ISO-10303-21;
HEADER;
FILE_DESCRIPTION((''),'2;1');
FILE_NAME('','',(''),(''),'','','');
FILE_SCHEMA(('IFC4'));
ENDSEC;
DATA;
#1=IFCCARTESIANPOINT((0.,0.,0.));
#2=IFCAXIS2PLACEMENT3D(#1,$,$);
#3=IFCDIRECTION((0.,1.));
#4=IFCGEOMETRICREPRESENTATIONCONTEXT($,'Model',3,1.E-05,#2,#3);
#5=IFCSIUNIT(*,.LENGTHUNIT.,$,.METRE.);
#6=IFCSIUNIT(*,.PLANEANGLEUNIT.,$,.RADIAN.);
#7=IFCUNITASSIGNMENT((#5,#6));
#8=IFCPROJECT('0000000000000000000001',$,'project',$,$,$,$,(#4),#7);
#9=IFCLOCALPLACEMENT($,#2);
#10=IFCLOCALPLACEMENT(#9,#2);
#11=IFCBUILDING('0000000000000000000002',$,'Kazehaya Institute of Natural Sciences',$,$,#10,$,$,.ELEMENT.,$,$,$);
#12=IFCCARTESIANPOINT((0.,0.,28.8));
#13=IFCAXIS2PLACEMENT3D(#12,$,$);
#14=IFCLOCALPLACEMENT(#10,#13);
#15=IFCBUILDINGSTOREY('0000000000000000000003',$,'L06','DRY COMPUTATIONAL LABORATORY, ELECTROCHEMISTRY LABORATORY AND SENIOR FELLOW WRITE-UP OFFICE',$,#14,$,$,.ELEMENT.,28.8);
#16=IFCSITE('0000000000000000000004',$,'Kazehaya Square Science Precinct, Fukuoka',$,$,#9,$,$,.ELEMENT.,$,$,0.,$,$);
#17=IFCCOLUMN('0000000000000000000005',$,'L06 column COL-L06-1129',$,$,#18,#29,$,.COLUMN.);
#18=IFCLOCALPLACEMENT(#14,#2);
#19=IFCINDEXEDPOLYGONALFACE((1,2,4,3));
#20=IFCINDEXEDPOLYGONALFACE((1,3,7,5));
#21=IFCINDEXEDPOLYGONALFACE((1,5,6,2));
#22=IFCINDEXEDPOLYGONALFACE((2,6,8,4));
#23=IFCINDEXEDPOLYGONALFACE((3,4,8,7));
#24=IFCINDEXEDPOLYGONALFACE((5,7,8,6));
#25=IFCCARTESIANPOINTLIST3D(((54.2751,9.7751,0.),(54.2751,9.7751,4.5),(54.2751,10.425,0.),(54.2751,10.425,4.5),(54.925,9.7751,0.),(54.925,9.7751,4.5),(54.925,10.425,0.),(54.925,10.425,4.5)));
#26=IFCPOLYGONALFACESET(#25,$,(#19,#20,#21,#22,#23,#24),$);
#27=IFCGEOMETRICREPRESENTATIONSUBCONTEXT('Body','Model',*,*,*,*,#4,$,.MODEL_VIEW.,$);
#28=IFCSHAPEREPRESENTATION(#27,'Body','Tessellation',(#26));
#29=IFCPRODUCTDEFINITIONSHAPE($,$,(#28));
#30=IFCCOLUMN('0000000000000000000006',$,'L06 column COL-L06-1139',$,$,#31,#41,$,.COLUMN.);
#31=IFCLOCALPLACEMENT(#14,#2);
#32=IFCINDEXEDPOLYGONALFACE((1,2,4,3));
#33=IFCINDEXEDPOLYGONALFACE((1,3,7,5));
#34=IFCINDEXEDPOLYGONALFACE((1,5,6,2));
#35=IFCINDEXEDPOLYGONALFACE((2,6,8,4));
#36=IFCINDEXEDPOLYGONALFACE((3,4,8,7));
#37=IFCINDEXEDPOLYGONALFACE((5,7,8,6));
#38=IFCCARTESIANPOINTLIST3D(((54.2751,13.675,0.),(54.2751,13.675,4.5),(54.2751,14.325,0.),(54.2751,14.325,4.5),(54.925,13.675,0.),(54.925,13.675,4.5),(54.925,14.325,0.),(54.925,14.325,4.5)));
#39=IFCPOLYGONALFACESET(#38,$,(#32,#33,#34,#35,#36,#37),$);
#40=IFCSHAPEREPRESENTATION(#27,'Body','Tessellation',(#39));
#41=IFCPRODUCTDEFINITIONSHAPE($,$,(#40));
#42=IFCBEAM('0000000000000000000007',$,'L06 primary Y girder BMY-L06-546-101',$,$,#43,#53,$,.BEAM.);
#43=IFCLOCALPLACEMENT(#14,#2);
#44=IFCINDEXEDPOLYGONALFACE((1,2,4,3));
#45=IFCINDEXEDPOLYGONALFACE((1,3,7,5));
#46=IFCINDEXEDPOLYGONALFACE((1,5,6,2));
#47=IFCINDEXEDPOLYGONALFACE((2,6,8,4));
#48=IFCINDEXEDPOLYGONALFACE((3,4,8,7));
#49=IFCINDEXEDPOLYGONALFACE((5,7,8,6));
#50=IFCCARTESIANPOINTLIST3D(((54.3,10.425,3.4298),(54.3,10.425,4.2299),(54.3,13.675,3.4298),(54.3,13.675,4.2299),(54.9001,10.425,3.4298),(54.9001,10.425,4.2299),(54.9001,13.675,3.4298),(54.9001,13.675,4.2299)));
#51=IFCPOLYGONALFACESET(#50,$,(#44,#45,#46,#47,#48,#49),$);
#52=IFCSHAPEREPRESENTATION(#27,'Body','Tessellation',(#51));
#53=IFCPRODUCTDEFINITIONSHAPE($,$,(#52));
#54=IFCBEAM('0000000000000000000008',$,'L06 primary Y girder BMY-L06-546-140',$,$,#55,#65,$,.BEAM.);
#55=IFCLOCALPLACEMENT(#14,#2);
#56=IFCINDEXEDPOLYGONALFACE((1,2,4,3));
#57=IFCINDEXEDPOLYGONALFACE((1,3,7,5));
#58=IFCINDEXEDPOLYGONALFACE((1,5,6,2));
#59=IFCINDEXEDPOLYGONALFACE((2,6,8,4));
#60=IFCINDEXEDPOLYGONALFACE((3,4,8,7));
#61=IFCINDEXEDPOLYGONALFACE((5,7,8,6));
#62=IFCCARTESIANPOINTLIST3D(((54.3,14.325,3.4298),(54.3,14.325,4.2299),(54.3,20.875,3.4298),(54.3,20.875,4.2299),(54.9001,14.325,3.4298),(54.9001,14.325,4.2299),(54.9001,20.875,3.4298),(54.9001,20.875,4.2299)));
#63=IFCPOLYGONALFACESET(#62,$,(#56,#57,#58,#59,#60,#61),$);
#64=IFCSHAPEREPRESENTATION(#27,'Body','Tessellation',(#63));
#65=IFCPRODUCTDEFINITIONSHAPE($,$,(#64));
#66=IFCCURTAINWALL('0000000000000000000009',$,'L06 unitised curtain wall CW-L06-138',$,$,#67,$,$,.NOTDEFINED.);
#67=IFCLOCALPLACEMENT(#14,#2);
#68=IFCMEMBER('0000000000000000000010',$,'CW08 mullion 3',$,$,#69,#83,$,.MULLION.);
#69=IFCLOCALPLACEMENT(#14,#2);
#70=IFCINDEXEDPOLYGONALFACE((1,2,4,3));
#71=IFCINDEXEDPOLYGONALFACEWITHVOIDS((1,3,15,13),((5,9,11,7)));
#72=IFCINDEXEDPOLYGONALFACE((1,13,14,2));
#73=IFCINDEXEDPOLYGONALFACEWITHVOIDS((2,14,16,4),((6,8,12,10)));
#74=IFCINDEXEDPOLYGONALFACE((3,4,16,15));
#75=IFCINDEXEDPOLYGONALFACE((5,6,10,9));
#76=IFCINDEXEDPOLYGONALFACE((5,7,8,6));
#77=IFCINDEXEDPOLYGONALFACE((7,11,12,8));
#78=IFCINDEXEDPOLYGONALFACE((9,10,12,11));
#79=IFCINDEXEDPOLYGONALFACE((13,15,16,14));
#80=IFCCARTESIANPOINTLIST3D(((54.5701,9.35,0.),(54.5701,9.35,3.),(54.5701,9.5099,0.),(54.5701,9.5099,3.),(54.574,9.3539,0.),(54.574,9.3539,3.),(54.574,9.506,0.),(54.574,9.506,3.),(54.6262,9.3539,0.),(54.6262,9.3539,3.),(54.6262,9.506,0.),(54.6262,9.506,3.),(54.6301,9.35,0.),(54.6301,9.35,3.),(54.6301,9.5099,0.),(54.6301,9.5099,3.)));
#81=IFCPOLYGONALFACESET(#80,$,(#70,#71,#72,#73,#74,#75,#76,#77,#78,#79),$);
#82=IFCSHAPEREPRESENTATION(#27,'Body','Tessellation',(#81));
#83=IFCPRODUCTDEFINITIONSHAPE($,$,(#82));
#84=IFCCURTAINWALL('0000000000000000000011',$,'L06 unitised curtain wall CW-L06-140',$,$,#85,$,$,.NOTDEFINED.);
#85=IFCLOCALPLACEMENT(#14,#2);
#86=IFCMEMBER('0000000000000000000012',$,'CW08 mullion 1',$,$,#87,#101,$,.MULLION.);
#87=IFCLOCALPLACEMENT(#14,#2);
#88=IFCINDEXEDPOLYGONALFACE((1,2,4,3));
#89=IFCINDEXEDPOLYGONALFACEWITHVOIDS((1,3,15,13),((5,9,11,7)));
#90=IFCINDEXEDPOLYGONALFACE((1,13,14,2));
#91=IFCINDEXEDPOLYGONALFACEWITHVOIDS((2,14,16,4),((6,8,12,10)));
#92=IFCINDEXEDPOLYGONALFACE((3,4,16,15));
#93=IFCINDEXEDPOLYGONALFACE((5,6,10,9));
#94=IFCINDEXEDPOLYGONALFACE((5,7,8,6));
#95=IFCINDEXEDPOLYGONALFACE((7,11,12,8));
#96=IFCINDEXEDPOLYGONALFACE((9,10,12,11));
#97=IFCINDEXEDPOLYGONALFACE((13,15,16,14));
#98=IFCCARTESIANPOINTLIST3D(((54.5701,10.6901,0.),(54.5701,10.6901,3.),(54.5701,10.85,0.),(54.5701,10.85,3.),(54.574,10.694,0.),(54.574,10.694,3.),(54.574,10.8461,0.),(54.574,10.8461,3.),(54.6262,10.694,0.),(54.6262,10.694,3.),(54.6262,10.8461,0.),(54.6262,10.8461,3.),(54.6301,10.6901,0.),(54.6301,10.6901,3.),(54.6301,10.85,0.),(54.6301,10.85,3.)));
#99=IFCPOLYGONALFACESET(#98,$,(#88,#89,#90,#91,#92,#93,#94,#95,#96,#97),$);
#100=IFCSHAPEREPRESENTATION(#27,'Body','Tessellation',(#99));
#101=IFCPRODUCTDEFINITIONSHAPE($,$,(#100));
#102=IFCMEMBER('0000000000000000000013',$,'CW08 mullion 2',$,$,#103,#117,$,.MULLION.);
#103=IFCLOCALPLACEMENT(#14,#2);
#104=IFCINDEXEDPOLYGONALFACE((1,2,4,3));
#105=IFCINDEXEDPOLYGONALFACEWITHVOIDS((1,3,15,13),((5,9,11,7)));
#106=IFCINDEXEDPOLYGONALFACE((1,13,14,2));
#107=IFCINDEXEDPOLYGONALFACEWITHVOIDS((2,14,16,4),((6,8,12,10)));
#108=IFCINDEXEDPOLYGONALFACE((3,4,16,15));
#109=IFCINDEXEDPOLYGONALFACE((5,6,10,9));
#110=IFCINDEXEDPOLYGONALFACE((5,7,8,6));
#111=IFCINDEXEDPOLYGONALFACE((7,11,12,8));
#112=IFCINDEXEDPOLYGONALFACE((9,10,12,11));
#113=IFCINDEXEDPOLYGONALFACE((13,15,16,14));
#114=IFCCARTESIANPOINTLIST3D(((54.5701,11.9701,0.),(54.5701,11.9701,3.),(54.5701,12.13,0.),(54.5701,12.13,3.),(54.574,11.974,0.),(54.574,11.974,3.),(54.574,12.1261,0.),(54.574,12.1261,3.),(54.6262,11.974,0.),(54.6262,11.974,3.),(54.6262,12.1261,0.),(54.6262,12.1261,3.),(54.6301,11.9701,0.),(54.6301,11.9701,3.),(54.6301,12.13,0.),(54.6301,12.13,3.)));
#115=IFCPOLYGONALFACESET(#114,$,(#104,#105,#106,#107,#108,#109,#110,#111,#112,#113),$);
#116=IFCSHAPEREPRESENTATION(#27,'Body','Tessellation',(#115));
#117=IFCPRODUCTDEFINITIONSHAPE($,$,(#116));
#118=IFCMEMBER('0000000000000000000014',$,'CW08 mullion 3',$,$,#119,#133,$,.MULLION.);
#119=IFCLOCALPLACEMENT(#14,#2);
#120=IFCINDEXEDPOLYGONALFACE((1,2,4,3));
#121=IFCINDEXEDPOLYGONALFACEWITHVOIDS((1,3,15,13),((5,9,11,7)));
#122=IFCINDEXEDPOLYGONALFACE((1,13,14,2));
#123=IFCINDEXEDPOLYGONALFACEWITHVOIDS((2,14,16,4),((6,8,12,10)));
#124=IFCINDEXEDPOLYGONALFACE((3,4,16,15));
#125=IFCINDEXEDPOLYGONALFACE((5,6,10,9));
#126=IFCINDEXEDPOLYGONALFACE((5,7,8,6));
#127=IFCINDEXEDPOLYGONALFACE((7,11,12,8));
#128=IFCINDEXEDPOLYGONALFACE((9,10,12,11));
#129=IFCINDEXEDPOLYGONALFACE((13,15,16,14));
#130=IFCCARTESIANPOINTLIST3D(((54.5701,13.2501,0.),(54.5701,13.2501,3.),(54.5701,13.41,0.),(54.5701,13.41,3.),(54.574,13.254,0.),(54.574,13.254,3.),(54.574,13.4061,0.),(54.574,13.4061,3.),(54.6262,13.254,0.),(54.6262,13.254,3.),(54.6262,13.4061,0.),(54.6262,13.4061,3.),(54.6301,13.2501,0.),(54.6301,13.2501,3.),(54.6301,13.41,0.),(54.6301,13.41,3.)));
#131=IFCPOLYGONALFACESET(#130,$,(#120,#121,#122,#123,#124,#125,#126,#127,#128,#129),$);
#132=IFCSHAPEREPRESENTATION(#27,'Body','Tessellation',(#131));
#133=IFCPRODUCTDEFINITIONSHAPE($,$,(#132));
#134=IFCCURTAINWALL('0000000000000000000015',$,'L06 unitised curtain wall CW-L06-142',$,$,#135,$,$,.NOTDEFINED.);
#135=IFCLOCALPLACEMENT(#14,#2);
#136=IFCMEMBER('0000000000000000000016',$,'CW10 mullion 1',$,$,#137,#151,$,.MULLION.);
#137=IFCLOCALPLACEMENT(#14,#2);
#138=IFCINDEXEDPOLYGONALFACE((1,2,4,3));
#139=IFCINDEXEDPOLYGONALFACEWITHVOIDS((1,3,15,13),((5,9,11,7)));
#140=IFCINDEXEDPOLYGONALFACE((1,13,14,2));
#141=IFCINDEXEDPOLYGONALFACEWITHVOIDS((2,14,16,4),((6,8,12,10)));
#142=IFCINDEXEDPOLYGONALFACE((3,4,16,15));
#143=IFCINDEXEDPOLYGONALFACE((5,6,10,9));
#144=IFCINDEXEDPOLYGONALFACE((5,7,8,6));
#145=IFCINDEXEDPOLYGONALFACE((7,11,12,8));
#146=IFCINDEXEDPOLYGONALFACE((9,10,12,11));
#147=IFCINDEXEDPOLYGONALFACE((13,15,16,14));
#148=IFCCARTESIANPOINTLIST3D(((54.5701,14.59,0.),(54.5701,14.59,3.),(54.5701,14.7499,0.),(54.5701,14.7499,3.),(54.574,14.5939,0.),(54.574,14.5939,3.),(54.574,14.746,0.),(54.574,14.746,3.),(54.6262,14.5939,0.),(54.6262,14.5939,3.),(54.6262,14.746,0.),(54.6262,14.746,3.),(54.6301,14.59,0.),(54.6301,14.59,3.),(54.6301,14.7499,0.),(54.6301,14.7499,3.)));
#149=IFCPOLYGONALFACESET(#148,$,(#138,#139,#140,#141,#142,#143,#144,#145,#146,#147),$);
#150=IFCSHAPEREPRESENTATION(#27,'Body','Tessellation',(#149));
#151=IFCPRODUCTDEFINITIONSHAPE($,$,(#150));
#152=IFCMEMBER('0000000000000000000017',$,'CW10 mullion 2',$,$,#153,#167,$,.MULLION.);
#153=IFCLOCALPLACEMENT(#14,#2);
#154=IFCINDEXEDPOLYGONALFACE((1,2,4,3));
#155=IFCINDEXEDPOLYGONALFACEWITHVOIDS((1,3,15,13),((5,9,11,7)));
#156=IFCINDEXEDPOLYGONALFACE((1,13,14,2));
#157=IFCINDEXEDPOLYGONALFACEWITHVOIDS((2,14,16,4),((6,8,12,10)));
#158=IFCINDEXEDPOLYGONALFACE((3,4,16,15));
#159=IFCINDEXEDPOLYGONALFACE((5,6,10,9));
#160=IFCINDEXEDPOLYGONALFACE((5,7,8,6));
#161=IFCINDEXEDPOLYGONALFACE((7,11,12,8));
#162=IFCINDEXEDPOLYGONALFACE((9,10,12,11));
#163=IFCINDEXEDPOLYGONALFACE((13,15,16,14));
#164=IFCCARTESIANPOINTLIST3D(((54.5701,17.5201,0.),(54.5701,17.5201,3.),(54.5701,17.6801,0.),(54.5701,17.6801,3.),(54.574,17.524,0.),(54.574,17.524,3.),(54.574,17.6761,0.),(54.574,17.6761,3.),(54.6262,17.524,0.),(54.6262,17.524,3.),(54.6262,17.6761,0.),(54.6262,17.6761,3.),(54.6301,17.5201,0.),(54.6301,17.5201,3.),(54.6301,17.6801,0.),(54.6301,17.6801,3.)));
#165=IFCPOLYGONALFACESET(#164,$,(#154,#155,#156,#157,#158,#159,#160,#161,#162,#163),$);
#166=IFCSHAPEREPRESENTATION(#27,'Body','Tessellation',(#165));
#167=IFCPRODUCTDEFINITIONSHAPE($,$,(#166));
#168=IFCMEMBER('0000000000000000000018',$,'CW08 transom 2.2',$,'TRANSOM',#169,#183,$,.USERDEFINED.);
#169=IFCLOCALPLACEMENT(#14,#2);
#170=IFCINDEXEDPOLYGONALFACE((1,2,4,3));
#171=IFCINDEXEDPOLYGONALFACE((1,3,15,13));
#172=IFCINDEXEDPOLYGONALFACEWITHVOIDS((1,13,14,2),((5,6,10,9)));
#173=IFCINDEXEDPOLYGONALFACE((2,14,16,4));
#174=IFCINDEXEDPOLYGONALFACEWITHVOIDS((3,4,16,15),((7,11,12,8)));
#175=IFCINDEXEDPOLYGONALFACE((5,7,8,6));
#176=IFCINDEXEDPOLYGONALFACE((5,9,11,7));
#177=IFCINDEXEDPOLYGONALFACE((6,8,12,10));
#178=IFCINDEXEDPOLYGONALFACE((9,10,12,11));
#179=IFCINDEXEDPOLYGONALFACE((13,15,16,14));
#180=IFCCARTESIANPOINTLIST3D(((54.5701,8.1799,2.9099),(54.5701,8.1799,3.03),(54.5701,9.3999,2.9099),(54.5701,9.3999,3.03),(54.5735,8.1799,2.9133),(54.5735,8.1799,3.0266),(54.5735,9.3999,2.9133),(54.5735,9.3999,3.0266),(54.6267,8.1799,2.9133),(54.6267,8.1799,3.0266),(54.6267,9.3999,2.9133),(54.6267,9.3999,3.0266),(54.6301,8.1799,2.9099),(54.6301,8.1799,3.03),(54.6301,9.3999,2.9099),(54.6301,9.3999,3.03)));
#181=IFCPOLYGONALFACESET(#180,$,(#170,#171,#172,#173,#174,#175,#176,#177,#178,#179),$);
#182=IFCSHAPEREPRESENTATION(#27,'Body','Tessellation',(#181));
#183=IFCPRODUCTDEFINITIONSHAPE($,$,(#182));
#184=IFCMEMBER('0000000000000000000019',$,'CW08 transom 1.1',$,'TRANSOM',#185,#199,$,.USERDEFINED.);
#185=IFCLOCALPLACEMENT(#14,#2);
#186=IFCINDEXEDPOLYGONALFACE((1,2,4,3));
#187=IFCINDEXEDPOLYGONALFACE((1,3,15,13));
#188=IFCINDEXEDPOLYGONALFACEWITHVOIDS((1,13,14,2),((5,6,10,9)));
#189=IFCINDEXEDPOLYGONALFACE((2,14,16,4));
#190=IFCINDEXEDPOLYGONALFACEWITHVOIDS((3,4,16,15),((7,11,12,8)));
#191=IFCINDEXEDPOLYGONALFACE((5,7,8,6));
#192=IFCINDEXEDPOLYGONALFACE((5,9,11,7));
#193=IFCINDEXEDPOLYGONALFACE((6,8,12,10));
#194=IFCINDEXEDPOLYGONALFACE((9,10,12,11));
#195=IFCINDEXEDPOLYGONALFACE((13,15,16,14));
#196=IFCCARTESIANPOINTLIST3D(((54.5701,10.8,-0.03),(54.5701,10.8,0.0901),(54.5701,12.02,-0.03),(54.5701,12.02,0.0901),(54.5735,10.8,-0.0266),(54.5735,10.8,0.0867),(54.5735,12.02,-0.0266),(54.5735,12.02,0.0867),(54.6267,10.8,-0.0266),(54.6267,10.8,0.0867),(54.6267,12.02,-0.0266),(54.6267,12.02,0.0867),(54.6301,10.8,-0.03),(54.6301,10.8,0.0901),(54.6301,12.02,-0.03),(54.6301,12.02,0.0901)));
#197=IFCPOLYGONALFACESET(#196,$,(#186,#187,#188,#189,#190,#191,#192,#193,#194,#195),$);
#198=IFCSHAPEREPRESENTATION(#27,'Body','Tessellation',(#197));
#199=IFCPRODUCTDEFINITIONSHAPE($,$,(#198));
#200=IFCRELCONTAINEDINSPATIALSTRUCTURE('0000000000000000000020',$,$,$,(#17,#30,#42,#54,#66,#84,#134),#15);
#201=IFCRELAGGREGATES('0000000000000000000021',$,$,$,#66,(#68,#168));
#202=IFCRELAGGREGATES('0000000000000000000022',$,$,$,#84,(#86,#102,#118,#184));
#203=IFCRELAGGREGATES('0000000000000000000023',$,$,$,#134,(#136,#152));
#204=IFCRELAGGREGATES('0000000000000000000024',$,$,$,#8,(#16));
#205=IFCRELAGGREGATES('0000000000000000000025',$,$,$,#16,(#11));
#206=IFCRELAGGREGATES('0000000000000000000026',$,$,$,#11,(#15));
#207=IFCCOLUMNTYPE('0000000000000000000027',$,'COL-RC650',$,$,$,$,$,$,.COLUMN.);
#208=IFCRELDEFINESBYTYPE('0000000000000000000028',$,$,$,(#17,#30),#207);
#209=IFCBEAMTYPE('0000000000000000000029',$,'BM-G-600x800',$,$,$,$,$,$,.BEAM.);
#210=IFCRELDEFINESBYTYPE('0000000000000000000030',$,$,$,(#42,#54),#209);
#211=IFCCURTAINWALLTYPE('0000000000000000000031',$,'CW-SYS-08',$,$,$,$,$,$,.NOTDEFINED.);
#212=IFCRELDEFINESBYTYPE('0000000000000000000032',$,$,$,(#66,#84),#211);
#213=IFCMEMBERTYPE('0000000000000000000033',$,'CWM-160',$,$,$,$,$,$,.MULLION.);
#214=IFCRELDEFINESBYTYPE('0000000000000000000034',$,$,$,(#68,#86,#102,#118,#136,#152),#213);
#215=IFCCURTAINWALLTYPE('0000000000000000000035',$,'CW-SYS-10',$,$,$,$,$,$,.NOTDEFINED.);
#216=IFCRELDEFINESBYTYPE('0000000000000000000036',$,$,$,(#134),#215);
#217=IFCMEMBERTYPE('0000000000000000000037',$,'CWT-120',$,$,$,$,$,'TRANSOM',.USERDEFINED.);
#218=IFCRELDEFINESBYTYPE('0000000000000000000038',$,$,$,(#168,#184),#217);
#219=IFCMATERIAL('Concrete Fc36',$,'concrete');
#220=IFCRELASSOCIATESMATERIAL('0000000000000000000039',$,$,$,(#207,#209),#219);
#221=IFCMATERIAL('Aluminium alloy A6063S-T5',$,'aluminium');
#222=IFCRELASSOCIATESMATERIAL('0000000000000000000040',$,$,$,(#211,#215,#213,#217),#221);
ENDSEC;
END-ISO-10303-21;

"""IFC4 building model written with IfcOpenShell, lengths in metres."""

from ifc_helpers import new_model, si_unit, direction, frame, origin, origin_2d, place, context, subcontext, project, spatial, rectangle, hollow_rectangle, extrude, material, material_profile, profile_set, type_object, element, aggregate, save


model = new_model("IFC4")

# Units and contexts
model_context = context("Model", 3, precision=1e-05, world=origin(), true_north=direction((0.0, 1.0)))
body_context = subcontext(model_context, "Body", "Model", "MODEL_VIEW")
ifc_project = project(units=[si_unit("LENGTHUNIT", "METRE"), si_unit("PLANEANGLEUNIT", "RADIAN")], contexts=[model_context])

# Site, building, storey
site_placement = place(None, origin())
site = spatial("IfcSite", under=ifc_project, at=site_placement, Name="Kazehaya Square Science Precinct, Fukuoka", CompositionType="ELEMENT", RefElevation=0.0)
building_placement = place(site_placement, origin())
building = spatial("IfcBuilding", under=site, at=building_placement, Name="Kazehaya Institute of Natural Sciences", CompositionType="ELEMENT")
storey_placement = place(building_placement, frame((0.0, 0.0, 28.8)))
storey = spatial("IfcBuildingStorey", under=building, at=storey_placement, Name="L06", Description="DRY COMPUTATIONAL LABORATORY, ELECTROCHEMISTRY LABORATORY AND SENIOR FELLOW WRITE-UP OFFICE", CompositionType="ELEMENT", Elevation=28.8)

# Columns
ifc_material_1 = material(Name="Concrete Fc36", Category="concrete")
ifc_material_profile_1 = material_profile(ifc_material_1, rectangle(XDim=0.6499, YDim=0.6499, at=origin_2d()), Name="RC-650x650")
ifc_profile_set_1 = profile_set([ifc_material_profile_1], Name="Concrete Fc36")
column_type = type_object("IfcColumnType", Name="COL-RC650", PredefinedType="COLUMN", material=ifc_profile_set_1)
for number, where, z_axis, x_axis, name in (
    (1, (54.6001, 10.1001, 0.0), (0.0, 0.0, 1.0), (1.0, 0.0, 0.0), "L06 column COL-L06-1129"),
    (2, (54.6001, 14.0, 0.0), (0.0, 0.0, 1.0), (1.0, 0.0, 0.0), "L06 column COL-L06-1139"),
):
    element("IfcColumn", number, at=place(storey_placement, frame(where, z_axis=z_axis, x_axis=x_axis)), inside=storey, type_object=column_type, Name=name, PredefinedType="COLUMN", context=body_context, shape_type="SweptSolid", body=[
        extrude(rectangle(XDim=0.6499, YDim=0.6499, at=origin_2d()), origin(), (0.0, 0.0, 1.0), 4.5),
    ])

# Beams
ifc_material_profile_2 = material_profile(ifc_material_1, rectangle(XDim=0.6001, YDim=0.8, at=origin_2d()), Name="RC-600x800")
ifc_profile_set_2 = profile_set([ifc_material_profile_2], Name="Concrete Fc36")
beam_type = type_object("IfcBeamType", Name="BM-G-600x800", PredefinedType="BEAM", material=ifc_profile_set_2)
beam_1_placement = place(storey_placement, frame((54.6001, 10.425, 3.8298), z_axis=(0.0, 1.0, 0.0), x_axis=(-1.0, 0.0, 0.0)))
element("IfcBeam", 3, at=beam_1_placement, inside=storey, type_object=beam_type, Name="L06 primary Y girder BMY-L06-546-101", PredefinedType="BEAM", context=body_context, shape_type="SweptSolid", body=[
    extrude(rectangle(XDim=0.6001, YDim=0.8, at=origin_2d()), origin(), (0.0, 0.0, 1.0), 3.25),
])
beam_2_placement = place(storey_placement, frame((54.6001, 14.325, 3.8298), z_axis=(0.0, 1.0, 0.0), x_axis=(-1.0, 0.0, 0.0)))
element("IfcBeam", 4, at=beam_2_placement, inside=storey, type_object=beam_type, Name="L06 primary Y girder BMY-L06-546-140", PredefinedType="BEAM", context=body_context, shape_type="SweptSolid", body=[
    extrude(rectangle(XDim=0.6001, YDim=0.8, at=origin_2d()), origin(), (0.0, 0.0, 1.0), 6.55),
])

# Curtain wall, member
ifc_material_2 = material(Name="Aluminium alloy A6063S-T5", Category="aluminium")
curtain_wall_type_1 = type_object("IfcCurtainWallType", Name="CW-SYS-08", PredefinedType="NOTDEFINED", material=ifc_material_2)
curtain_wall_1_placement = place(storey_placement, origin())
curtain_wall_1 = element("IfcCurtainWall", 5, at=curtain_wall_1_placement, inside=storey, type_object=curtain_wall_type_1, Name="L06 unitised curtain wall CW-L06-138", PredefinedType="NOTDEFINED")
ifc_material_profile_3 = material_profile(ifc_material_2, hollow_rectangle(XDim=0.0601, YDim=0.1599, WallThickness=0.0039, at=origin_2d()), Name="ALU-60x160x4")
ifc_profile_set_3 = profile_set([ifc_material_profile_3], Name="Aluminium alloy A6063S-T5")
member_type_1 = type_object("IfcMemberType", Name="CWM-160", PredefinedType="MULLION", material=ifc_profile_set_3)
member_1_placement = place(storey_placement, frame((54.6001, 9.4299, 0.0), z_axis=(0.0, 0.0, 1.0), x_axis=(-1.0, 0.0, 0.0)))
member_1 = element("IfcMember", 6, at=member_1_placement, type_object=member_type_1, Name="CW08 mullion 3", PredefinedType="MULLION", context=body_context, shape_type="SweptSolid", body=[
    extrude(hollow_rectangle(XDim=0.0601, YDim=0.1599, WallThickness=0.0039, at=origin_2d()), origin(), (0.0, 0.0, 1.0), 3.0),
])

# Curtain walls, members
curtain_wall_2_placement = place(storey_placement, origin())
curtain_wall_2 = element("IfcCurtainWall", 7, at=curtain_wall_2_placement, inside=storey, type_object=curtain_wall_type_1, Name="L06 unitised curtain wall CW-L06-140", PredefinedType="NOTDEFINED")
member_2_placement = place(storey_placement, frame((54.6001, 10.77, 0.0), z_axis=(0.0, 0.0, 1.0), x_axis=(-1.0, 0.0, 0.0)))
member_2 = element("IfcMember", 8, at=member_2_placement, type_object=member_type_1, Name="CW08 mullion 1", PredefinedType="MULLION", context=body_context, shape_type="SweptSolid", body=[
    extrude(hollow_rectangle(XDim=0.0601, YDim=0.1599, WallThickness=0.0039, at=origin_2d()), origin(), (0.0, 0.0, 1.0), 3.0),
])
member_3_placement = place(storey_placement, frame((54.6001, 12.05, 0.0), z_axis=(0.0, 0.0, 1.0), x_axis=(-1.0, 0.0, 0.0)))
member_3 = element("IfcMember", 9, at=member_3_placement, type_object=member_type_1, Name="CW08 mullion 2", PredefinedType="MULLION", context=body_context, shape_type="SweptSolid", body=[
    extrude(hollow_rectangle(XDim=0.0601, YDim=0.1599, WallThickness=0.0039, at=origin_2d()), origin(), (0.0, 0.0, 1.0), 3.0),
])
member_4_placement = place(storey_placement, frame((54.6001, 13.3301, 0.0), z_axis=(0.0, 0.0, 1.0), x_axis=(-1.0, 0.0, 0.0)))
member_4 = element("IfcMember", 10, at=member_4_placement, type_object=member_type_1, Name="CW08 mullion 3", PredefinedType="MULLION", context=body_context, shape_type="SweptSolid", body=[
    extrude(hollow_rectangle(XDim=0.0601, YDim=0.1599, WallThickness=0.0039, at=origin_2d()), origin(), (0.0, 0.0, 1.0), 3.0),
])
curtain_wall_type_2 = type_object("IfcCurtainWallType", Name="CW-SYS-10", PredefinedType="NOTDEFINED", material=ifc_material_2)
curtain_wall_3_placement = place(storey_placement, origin())
curtain_wall_3 = element("IfcCurtainWall", 11, at=curtain_wall_3_placement, inside=storey, type_object=curtain_wall_type_2, Name="L06 unitised curtain wall CW-L06-142", PredefinedType="NOTDEFINED")
member_5_placement = place(storey_placement, frame((54.6001, 14.6699, 0.0), z_axis=(0.0, 0.0, 1.0), x_axis=(-1.0, 0.0, 0.0)))
member_5 = element("IfcMember", 12, at=member_5_placement, type_object=member_type_1, Name="CW10 mullion 1", PredefinedType="MULLION", context=body_context, shape_type="SweptSolid", body=[
    extrude(hollow_rectangle(XDim=0.0601, YDim=0.1599, WallThickness=0.0039, at=origin_2d()), origin(), (0.0, 0.0, 1.0), 3.0),
])
member_6_placement = place(storey_placement, frame((54.6001, 17.6001, 0.0), z_axis=(0.0, 0.0, 1.0), x_axis=(-1.0, 0.0, 0.0)))
member_6 = element("IfcMember", 13, at=member_6_placement, type_object=member_type_1, Name="CW10 mullion 2", PredefinedType="MULLION", context=body_context, shape_type="SweptSolid", body=[
    extrude(hollow_rectangle(XDim=0.0601, YDim=0.1599, WallThickness=0.0039, at=origin_2d()), origin(), (0.0, 0.0, 1.0), 3.0),
])

# Members
ifc_material_profile_4 = material_profile(ifc_material_2, hollow_rectangle(XDim=0.0601, YDim=0.1201, WallThickness=0.0034, at=origin_2d()), Name="ALU-60x120x3.5")
ifc_profile_set_4 = profile_set([ifc_material_profile_4], Name="Aluminium alloy A6063S-T5")
member_type_2 = type_object("IfcMemberType", Name="CWT-120", ElementType="TRANSOM", PredefinedType="USERDEFINED", material=ifc_profile_set_4)
member_7_placement = place(storey_placement, frame((54.6001, 8.1799, 2.97), z_axis=(0.0, 1.0, 0.0), x_axis=(-1.0, 0.0, 0.0)))
member_7 = element("IfcMember", 14, at=member_7_placement, type_object=member_type_2, Name="CW08 transom 2.2", ObjectType="TRANSOM", PredefinedType="USERDEFINED", context=body_context, shape_type="SweptSolid", body=[
    extrude(hollow_rectangle(XDim=0.0601, YDim=0.1201, WallThickness=0.0034, at=origin_2d()), origin(), (0.0, 0.0, 1.0), 1.22),
])
member_8_placement = place(storey_placement, frame((54.6001, 10.8, 0.03), z_axis=(0.0, 1.0, 0.0), x_axis=(-1.0, 0.0, 0.0)))
member_8 = element("IfcMember", 15, at=member_8_placement, type_object=member_type_2, Name="CW08 transom 1.1", ObjectType="TRANSOM", PredefinedType="USERDEFINED", context=body_context, shape_type="SweptSolid", body=[
    extrude(hollow_rectangle(XDim=0.0601, YDim=0.1201, WallThickness=0.0034, at=origin_2d()), origin(), (0.0, 0.0, 1.0), 1.22),
])

aggregate(curtain_wall_1, [member_1, member_7])
aggregate(curtain_wall_2, [member_2, member_3, member_4, member_8])
aggregate(curtain_wall_3, [member_5, member_6])

save(model, "model.ifc")
